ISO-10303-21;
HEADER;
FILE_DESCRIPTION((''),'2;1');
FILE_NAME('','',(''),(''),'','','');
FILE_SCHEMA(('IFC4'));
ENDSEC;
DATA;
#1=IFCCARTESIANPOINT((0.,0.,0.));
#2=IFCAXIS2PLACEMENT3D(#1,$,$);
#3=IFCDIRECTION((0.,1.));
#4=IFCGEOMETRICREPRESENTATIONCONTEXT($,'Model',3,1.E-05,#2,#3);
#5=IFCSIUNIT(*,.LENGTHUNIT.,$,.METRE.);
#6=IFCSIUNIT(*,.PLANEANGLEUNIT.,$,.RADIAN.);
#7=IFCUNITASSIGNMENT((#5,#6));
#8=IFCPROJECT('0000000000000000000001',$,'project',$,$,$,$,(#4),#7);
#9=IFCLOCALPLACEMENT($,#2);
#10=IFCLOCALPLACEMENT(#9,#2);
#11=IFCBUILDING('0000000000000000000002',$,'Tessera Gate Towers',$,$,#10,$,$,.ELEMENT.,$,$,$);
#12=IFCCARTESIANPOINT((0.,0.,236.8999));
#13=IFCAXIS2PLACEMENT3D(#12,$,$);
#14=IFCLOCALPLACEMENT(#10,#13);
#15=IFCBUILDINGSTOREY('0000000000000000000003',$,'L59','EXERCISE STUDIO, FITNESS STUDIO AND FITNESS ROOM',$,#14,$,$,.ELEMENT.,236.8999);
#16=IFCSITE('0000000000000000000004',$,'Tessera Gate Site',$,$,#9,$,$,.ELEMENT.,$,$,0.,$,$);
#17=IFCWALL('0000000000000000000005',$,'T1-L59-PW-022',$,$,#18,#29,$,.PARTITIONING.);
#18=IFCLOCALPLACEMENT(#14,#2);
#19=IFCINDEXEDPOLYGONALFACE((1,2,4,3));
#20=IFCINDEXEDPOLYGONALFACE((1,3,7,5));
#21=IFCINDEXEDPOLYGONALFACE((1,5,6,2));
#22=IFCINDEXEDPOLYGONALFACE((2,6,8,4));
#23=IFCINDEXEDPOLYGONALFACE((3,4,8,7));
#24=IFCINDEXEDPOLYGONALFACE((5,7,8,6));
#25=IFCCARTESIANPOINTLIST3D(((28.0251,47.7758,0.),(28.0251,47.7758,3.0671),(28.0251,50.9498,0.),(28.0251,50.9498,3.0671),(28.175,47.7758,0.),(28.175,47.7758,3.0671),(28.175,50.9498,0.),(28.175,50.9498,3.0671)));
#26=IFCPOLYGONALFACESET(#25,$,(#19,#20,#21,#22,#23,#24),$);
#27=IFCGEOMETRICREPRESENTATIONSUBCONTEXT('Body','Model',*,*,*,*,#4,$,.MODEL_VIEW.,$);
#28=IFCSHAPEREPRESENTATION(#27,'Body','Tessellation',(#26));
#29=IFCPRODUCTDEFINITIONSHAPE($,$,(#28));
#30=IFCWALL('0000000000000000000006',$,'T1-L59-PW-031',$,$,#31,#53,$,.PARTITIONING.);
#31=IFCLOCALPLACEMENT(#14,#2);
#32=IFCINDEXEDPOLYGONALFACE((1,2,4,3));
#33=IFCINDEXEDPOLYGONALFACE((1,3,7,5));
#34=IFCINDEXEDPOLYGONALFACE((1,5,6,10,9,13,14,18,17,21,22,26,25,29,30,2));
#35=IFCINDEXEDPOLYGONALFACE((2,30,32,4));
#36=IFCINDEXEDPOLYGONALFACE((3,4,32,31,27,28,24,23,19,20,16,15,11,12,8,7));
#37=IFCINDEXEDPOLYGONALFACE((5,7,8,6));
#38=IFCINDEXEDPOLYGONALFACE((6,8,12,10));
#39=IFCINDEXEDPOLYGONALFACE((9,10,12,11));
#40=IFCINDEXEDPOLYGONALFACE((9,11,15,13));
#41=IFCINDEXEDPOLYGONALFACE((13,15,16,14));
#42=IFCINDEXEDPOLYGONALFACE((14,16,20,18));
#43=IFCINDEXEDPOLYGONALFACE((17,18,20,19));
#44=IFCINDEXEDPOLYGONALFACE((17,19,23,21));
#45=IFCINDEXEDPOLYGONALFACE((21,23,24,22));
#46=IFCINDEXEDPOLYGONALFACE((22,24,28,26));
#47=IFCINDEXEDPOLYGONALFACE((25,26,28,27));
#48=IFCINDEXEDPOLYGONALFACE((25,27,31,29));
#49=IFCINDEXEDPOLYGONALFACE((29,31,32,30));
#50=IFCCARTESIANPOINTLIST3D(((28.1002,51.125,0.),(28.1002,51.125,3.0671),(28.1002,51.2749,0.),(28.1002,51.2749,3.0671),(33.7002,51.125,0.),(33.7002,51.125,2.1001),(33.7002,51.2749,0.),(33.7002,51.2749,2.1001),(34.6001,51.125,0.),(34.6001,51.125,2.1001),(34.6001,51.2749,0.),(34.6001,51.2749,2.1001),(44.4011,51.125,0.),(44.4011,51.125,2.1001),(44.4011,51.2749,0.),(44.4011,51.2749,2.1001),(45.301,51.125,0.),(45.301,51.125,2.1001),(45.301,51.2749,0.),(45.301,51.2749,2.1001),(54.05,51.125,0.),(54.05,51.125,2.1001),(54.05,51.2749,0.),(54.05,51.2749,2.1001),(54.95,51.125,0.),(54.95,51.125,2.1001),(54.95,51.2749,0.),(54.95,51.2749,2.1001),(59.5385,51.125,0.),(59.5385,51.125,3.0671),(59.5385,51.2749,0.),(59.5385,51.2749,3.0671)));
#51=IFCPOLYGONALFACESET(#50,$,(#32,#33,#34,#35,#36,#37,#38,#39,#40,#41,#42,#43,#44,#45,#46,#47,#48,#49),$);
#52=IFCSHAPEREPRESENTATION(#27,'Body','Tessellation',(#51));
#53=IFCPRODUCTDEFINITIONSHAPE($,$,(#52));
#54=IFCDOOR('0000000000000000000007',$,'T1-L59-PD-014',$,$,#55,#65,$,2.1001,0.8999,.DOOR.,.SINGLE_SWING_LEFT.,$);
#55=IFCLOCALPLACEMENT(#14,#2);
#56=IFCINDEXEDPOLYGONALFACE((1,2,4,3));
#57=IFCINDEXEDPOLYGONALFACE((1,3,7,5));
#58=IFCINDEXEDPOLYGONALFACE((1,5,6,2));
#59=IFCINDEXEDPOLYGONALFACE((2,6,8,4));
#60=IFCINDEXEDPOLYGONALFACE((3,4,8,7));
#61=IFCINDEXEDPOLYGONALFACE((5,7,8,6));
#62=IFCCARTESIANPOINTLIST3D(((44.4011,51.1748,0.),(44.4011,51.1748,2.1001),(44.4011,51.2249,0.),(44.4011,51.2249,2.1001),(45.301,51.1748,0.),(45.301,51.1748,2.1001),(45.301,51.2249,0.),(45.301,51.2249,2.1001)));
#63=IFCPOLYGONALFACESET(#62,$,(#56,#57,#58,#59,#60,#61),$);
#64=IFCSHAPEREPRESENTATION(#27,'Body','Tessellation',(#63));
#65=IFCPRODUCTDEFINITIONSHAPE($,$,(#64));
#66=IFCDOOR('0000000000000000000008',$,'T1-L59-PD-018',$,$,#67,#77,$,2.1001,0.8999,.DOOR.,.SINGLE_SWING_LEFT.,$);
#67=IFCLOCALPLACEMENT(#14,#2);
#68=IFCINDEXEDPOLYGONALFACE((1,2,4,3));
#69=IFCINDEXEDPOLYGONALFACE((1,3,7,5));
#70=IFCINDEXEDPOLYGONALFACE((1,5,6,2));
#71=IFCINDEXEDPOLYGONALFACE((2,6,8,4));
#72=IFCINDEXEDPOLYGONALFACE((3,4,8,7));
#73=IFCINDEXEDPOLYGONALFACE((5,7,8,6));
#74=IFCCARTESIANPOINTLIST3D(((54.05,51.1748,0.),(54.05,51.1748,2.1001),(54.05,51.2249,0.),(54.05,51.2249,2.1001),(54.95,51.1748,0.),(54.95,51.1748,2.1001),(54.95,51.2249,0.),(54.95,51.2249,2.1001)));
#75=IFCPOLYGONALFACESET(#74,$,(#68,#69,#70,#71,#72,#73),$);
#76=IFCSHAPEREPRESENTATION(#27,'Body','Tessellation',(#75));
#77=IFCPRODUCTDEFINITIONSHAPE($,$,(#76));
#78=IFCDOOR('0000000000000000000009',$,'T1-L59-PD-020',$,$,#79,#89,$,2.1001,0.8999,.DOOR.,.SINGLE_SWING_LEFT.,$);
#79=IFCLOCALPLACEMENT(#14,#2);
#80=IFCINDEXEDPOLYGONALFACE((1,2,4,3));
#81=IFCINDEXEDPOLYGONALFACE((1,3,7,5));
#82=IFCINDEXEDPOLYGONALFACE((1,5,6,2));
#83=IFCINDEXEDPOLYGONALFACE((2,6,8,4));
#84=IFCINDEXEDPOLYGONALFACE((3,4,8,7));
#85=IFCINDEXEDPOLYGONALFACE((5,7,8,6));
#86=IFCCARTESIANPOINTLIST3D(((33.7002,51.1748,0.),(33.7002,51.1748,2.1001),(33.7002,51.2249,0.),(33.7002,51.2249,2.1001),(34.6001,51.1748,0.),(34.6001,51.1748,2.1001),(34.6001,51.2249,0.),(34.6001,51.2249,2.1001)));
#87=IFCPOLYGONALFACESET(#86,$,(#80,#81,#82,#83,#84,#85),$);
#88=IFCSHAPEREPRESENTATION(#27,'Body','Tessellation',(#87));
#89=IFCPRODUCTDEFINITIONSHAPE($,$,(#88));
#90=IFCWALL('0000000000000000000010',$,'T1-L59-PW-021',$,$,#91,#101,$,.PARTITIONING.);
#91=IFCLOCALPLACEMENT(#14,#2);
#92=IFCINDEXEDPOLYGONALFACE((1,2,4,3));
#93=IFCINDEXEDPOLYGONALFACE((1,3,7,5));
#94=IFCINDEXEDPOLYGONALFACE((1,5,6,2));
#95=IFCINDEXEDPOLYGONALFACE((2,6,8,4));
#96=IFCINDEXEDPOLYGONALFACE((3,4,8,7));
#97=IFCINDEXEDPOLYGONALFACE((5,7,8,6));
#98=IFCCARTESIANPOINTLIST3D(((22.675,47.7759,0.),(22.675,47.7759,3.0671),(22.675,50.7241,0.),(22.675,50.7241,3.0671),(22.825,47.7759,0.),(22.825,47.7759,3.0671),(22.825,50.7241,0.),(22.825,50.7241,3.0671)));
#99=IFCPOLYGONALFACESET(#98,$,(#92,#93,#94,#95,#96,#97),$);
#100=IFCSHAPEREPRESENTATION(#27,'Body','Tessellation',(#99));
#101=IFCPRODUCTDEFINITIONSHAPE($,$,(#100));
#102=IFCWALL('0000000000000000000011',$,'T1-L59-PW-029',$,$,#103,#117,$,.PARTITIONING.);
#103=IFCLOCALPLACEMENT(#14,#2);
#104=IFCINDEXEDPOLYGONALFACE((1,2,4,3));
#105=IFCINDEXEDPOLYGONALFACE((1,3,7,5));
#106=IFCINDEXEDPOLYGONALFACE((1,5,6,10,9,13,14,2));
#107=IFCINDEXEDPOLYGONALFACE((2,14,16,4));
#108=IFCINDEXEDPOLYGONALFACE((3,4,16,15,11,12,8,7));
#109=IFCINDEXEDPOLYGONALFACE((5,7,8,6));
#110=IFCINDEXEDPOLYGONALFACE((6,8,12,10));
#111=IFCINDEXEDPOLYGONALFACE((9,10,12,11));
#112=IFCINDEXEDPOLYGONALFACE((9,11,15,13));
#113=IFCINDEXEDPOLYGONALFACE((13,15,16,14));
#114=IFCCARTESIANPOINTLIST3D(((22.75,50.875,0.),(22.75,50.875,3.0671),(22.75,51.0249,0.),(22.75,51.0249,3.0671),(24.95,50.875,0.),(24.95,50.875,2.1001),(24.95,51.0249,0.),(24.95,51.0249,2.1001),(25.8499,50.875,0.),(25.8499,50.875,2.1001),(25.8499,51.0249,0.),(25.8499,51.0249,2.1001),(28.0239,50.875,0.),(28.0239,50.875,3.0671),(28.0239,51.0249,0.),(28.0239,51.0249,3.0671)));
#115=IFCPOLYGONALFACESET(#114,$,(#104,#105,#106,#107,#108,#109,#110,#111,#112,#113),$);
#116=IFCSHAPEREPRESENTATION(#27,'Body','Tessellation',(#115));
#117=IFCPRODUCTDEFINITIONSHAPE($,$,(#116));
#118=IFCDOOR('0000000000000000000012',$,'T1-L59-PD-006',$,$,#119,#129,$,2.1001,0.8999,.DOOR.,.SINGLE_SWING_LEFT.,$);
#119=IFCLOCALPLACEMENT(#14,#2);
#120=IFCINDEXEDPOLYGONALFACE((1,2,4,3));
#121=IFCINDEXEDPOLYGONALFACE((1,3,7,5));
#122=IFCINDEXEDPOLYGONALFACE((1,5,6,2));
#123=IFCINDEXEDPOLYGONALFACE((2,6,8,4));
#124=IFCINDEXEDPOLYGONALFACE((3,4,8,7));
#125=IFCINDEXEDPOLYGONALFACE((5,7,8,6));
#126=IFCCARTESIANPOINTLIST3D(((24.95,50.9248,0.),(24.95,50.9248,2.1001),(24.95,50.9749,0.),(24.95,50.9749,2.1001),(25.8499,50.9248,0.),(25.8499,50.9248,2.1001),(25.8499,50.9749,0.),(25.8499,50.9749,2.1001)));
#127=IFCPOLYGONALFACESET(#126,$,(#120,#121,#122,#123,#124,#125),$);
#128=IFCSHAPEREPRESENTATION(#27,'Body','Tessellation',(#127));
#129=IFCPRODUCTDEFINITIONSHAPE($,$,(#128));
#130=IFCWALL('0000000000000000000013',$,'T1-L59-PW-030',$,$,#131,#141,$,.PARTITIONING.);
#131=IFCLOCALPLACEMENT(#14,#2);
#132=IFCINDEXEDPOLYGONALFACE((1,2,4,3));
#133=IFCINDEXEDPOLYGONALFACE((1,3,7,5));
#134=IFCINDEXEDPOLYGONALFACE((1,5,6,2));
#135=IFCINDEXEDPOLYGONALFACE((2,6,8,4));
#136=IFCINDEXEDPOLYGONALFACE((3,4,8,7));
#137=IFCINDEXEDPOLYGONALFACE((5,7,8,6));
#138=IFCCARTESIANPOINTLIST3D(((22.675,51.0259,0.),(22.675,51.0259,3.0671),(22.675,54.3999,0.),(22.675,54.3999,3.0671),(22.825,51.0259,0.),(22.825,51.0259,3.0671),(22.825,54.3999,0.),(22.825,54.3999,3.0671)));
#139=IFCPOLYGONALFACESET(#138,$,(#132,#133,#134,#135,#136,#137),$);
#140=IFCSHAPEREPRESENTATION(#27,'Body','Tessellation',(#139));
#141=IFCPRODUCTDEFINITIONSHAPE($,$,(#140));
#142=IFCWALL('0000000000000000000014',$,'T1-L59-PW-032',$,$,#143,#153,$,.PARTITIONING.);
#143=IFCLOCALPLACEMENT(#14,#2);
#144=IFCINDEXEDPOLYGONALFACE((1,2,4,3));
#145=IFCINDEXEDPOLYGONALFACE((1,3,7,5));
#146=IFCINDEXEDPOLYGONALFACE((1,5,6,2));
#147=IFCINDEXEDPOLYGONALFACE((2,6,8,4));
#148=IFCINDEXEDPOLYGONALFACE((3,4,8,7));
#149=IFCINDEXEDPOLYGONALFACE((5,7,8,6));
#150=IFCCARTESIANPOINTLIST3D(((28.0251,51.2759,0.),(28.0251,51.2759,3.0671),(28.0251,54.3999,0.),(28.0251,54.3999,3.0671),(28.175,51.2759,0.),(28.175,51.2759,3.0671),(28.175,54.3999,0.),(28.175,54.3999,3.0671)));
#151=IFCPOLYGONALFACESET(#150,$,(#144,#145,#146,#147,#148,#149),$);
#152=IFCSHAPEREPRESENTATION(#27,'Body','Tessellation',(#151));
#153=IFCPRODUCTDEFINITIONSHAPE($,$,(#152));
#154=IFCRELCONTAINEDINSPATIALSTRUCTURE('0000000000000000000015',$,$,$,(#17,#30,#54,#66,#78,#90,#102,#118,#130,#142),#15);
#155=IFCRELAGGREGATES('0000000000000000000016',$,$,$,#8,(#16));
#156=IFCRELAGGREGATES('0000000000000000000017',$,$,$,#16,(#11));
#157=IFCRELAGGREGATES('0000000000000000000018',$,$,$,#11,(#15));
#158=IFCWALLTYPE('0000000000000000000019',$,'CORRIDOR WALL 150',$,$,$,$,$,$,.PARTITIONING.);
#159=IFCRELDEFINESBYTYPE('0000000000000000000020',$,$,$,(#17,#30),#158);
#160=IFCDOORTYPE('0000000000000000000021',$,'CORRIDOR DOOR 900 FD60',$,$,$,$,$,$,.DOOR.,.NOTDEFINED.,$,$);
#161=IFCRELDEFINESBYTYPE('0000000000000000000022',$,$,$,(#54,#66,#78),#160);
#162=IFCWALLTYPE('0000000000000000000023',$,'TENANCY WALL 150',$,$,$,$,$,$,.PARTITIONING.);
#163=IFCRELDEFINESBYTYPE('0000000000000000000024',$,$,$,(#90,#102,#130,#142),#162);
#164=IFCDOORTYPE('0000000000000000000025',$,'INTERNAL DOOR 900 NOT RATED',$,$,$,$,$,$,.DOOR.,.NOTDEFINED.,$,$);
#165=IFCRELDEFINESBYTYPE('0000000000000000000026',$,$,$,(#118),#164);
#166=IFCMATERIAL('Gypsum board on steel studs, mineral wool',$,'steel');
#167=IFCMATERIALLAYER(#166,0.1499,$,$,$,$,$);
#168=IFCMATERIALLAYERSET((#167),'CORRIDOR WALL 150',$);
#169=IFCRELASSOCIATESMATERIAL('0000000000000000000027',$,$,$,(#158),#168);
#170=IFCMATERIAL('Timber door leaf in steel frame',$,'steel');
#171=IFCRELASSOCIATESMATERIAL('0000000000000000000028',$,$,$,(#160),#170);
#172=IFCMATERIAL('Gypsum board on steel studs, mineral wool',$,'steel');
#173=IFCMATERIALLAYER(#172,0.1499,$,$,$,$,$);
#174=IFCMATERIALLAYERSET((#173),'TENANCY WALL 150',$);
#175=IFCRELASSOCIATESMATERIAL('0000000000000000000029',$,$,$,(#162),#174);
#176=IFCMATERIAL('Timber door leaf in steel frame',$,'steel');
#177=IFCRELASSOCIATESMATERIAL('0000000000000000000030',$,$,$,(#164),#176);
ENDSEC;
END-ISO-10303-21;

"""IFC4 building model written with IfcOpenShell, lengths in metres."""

from ifc_helpers import new_model, si_unit, direction, frame, frame_2d, origin, place, context, subcontext, project, spatial, rectangle, extrude, source, transform, mapped, material, layer, layer_set, type_object, element, fill, save


model = new_model("IFC4")

# Units and contexts
model_context = context("Model", 3, precision=1e-05, world=origin(), true_north=direction((0.0, 1.0)))
body_context = subcontext(model_context, "Body", "Model", "MODEL_VIEW")
ifc_project = project(units=[si_unit("LENGTHUNIT", "METRE"), si_unit("PLANEANGLEUNIT", "RADIAN")], contexts=[model_context])

# Site, building, storey
site_placement = place(None, origin())
site = spatial("IfcSite", under=ifc_project, at=site_placement, Name="Tessera Gate Site", CompositionType="ELEMENT", RefElevation=0.0)
building_placement = place(site_placement, origin())
building = spatial("IfcBuilding", under=site, at=building_placement, Name="Tessera Gate Towers", CompositionType="ELEMENT")
storey_placement = place(building_placement, frame((0.0, 0.0, 236.8999)))
storey = spatial("IfcBuildingStorey", under=building, at=storey_placement, Name="L59", Description="EXERCISE STUDIO, FITNESS STUDIO AND FITNESS ROOM", CompositionType="ELEMENT", Elevation=236.8999)

# Wall
ifc_material_1 = material(Name="Gypsum board on steel studs, mineral wool", Category="steel")
ifc_layer_1 = layer(ifc_material_1, 0.1499)
ifc_layer_set_1 = layer_set([ifc_layer_1], Name="CORRIDOR WALL 150")
wall_type_1 = type_object("IfcWallType", Name="CORRIDOR WALL 150", PredefinedType="PARTITIONING", material=ifc_layer_set_1)
wall_1_placement = place(storey_placement, frame((28.1001, 47.7759, 0.0), z_axis=(0.0, 0.0, 1.0), x_axis=(0.0, 1.0, 0.0)))
element("IfcWall", 1, at=wall_1_placement, inside=storey, type_object=wall_type_1, Name="T1-L59-PW-022", PredefinedType="PARTITIONING", context=body_context, shape_type="SweptSolid", body=[
    extrude(rectangle(XDim=3.1741, YDim=0.1499, at=frame_2d((1.5869, 0.0))), origin(), (0.0, 0.0, 1.0), 3.0671),
])

# Wall, openings, doors
wall_2_placement = place(storey_placement, frame((28.1001, 51.2, 0.0), z_axis=(0.0, 0.0, 1.0), x_axis=(1.0, 0.0, 0.0)))
wall_2 = element("IfcWall", 2, at=wall_2_placement, inside=storey, type_object=wall_type_1, Name="T1-L59-PW-031", PredefinedType="PARTITIONING", context=body_context, shape_type="SweptSolid", body=[
    extrude(rectangle(XDim=31.4382, YDim=0.1499, at=frame_2d((15.7192, 0.0))), origin(), (0.0, 0.0, 1.0), 3.0671),
])
shared_shape_1 = source(origin(), body_context, "Body", "SweptSolid", [
    extrude(rectangle(XDim=0.8999, YDim=2.1001, at=frame_2d((0.45, 1.05))), frame((0.0, 0.085, 0.0), z_axis=(0.0, -1.0, 0.0), x_axis=(1.0, 0.0, 0.0)), (0.0, 0.0, 1.0), 0.1699),
])
opening_1_placement = place(wall_2_placement, frame((16.301, 0.0, 0.0)))
opening_1 = element("IfcOpeningElement", 3, at=opening_1_placement, cuts=wall_2, PredefinedType="OPENING", context=body_context, shape_type="MappedRepresentation", body=[
    mapped(shared_shape_1, transform((0.0, 0.0, 0.0), scale=1.0)),
])
opening_2_placement = place(wall_2_placement, frame((25.95, 0.0, 0.0)))
opening_2 = element("IfcOpeningElement", 4, at=opening_2_placement, cuts=wall_2, PredefinedType="OPENING", context=body_context, shape_type="MappedRepresentation", body=[
    mapped(shared_shape_1, transform((0.0, 0.0, 0.0), scale=1.0)),
])
opening_3_placement = place(wall_2_placement, frame((5.6001, 0.0, 0.0)))
opening_3 = element("IfcOpeningElement", 5, at=opening_3_placement, cuts=wall_2, PredefinedType="OPENING", context=body_context, shape_type="MappedRepresentation", body=[
    mapped(shared_shape_1, transform((0.0, 0.0, 0.0), scale=1.0)),
])
ifc_material_2 = material(Name="Timber door leaf in steel frame", Category="steel")
door_type_1 = type_object("IfcDoorType", Name="CORRIDOR DOOR 900 FD60", OperationType="NOTDEFINED", PredefinedType="DOOR", material=ifc_material_2)
shared_shape_2 = source(origin(), body_context, "Body", "SweptSolid", [
    extrude(rectangle(XDim=0.8999, YDim=2.1001, at=frame_2d((0.45, 1.05))), frame((0.0, 0.0249, 0.0), z_axis=(0.0, -1.0, 0.0), x_axis=(1.0, 0.0, 0.0)), (0.0, 0.0, 1.0), 0.05),
])
door_1_placement = place(opening_1_placement, origin())
door_1 = element("IfcDoor", 6, at=door_1_placement, inside=storey, type_object=door_type_1, Name="T1-L59-PD-014", OperationType="SINGLE_SWING_LEFT", OverallHeight=2.1001, OverallWidth=0.8999, PredefinedType="DOOR", context=body_context, shape_type="MappedRepresentation", body=[
    mapped(shared_shape_2, transform((0.0, 0.0, 0.0), scale=1.0)),
])
fill(opening_1, door_1)
door_2_placement = place(opening_2_placement, origin())
door_2 = element("IfcDoor", 7, at=door_2_placement, inside=storey, type_object=door_type_1, Name="T1-L59-PD-018", OperationType="SINGLE_SWING_LEFT", OverallHeight=2.1001, OverallWidth=0.8999, PredefinedType="DOOR", context=body_context, shape_type="MappedRepresentation", body=[
    mapped(shared_shape_2, transform((0.0, 0.0, 0.0), scale=1.0)),
])
fill(opening_2, door_2)
door_3_placement = place(opening_3_placement, origin())
door_3 = element("IfcDoor", 8, at=door_3_placement, inside=storey, type_object=door_type_1, Name="T1-L59-PD-020", OperationType="SINGLE_SWING_LEFT", OverallHeight=2.1001, OverallWidth=0.8999, PredefinedType="DOOR", context=body_context, shape_type="MappedRepresentation", body=[
    mapped(shared_shape_2, transform((0.0, 0.0, 0.0), scale=1.0)),
])
fill(opening_3, door_3)

# Wall
ifc_material_3 = material(Name="Gypsum board on steel studs, mineral wool", Category="steel")
ifc_layer_2 = layer(ifc_material_3, 0.1499)
ifc_layer_set_2 = layer_set([ifc_layer_2], Name="TENANCY WALL 150")
wall_type_2 = type_object("IfcWallType", Name="TENANCY WALL 150", PredefinedType="PARTITIONING", material=ifc_layer_set_2)
wall_3_placement = place(storey_placement, frame((22.75, 47.7759, 0.0), z_axis=(0.0, 0.0, 1.0), x_axis=(0.0, 1.0, 0.0)))
element("IfcWall", 9, at=wall_3_placement, inside=storey, type_object=wall_type_2, Name="T1-L59-PW-021", PredefinedType="PARTITIONING", context=body_context, shape_type="SweptSolid", body=[
    extrude(rectangle(XDim=2.9482, YDim=0.1499, at=frame_2d((1.4741, 0.0))), origin(), (0.0, 0.0, 1.0), 3.0671),
])

# Wall, opening, door
wall_4_placement = place(storey_placement, frame((22.75, 50.95, 0.0), z_axis=(0.0, 0.0, 1.0), x_axis=(1.0, 0.0, 0.0)))
wall_4 = element("IfcWall", 10, at=wall_4_placement, inside=storey, type_object=wall_type_2, Name="T1-L59-PW-029", PredefinedType="PARTITIONING", context=body_context, shape_type="SweptSolid", body=[
    extrude(rectangle(XDim=5.2739, YDim=0.1499, at=frame_2d((2.637, 0.0))), origin(), (0.0, 0.0, 1.0), 3.0671),
])
opening_4_placement = place(wall_4_placement, frame((2.2, 0.0, 0.0)))
opening_4 = element("IfcOpeningElement", 11, at=opening_4_placement, cuts=wall_4, PredefinedType="OPENING", context=body_context, shape_type="MappedRepresentation", body=[
    mapped(shared_shape_1, transform((0.0, 0.0, 0.0), scale=1.0)),
])
ifc_material_4 = material(Name="Timber door leaf in steel frame", Category="steel")
door_type_2 = type_object("IfcDoorType", Name="INTERNAL DOOR 900 NOT RATED", OperationType="NOTDEFINED", PredefinedType="DOOR", material=ifc_material_4)
door_4_placement = place(opening_4_placement, origin())
door_4 = element("IfcDoor", 12, at=door_4_placement, inside=storey, type_object=door_type_2, Name="T1-L59-PD-006", OperationType="SINGLE_SWING_LEFT", OverallHeight=2.1001, OverallWidth=0.8999, PredefinedType="DOOR", context=body_context, shape_type="MappedRepresentation", body=[
    mapped(shared_shape_2, transform((0.0, 0.0, 0.0), scale=1.0)),
])
fill(opening_4, door_4)

# Walls
wall_5_placement = place(storey_placement, frame((22.75, 51.0259, 0.0), z_axis=(0.0, 0.0, 1.0), x_axis=(0.0, 1.0, 0.0)))
element("IfcWall", 13, at=wall_5_placement, inside=storey, type_object=wall_type_2, Name="T1-L59-PW-030", PredefinedType="PARTITIONING", context=body_context, shape_type="SweptSolid", body=[
    extrude(rectangle(XDim=3.374, YDim=0.1499, at=frame_2d((1.687, 0.0))), origin(), (0.0, 0.0, 1.0), 3.0671),
])
wall_6_placement = place(storey_placement, frame((28.1001, 51.2759, 0.0), z_axis=(0.0, 0.0, 1.0), x_axis=(0.0, 1.0, 0.0)))
element("IfcWall", 14, at=wall_6_placement, inside=storey, type_object=wall_type_2, Name="T1-L59-PW-032", PredefinedType="PARTITIONING", context=body_context, shape_type="SweptSolid", body=[
    extrude(rectangle(XDim=3.124, YDim=0.1499, at=frame_2d((1.562, 0.0))), origin(), (0.0, 0.0, 1.0), 3.0671),
])

save(model, "model.ifc")
